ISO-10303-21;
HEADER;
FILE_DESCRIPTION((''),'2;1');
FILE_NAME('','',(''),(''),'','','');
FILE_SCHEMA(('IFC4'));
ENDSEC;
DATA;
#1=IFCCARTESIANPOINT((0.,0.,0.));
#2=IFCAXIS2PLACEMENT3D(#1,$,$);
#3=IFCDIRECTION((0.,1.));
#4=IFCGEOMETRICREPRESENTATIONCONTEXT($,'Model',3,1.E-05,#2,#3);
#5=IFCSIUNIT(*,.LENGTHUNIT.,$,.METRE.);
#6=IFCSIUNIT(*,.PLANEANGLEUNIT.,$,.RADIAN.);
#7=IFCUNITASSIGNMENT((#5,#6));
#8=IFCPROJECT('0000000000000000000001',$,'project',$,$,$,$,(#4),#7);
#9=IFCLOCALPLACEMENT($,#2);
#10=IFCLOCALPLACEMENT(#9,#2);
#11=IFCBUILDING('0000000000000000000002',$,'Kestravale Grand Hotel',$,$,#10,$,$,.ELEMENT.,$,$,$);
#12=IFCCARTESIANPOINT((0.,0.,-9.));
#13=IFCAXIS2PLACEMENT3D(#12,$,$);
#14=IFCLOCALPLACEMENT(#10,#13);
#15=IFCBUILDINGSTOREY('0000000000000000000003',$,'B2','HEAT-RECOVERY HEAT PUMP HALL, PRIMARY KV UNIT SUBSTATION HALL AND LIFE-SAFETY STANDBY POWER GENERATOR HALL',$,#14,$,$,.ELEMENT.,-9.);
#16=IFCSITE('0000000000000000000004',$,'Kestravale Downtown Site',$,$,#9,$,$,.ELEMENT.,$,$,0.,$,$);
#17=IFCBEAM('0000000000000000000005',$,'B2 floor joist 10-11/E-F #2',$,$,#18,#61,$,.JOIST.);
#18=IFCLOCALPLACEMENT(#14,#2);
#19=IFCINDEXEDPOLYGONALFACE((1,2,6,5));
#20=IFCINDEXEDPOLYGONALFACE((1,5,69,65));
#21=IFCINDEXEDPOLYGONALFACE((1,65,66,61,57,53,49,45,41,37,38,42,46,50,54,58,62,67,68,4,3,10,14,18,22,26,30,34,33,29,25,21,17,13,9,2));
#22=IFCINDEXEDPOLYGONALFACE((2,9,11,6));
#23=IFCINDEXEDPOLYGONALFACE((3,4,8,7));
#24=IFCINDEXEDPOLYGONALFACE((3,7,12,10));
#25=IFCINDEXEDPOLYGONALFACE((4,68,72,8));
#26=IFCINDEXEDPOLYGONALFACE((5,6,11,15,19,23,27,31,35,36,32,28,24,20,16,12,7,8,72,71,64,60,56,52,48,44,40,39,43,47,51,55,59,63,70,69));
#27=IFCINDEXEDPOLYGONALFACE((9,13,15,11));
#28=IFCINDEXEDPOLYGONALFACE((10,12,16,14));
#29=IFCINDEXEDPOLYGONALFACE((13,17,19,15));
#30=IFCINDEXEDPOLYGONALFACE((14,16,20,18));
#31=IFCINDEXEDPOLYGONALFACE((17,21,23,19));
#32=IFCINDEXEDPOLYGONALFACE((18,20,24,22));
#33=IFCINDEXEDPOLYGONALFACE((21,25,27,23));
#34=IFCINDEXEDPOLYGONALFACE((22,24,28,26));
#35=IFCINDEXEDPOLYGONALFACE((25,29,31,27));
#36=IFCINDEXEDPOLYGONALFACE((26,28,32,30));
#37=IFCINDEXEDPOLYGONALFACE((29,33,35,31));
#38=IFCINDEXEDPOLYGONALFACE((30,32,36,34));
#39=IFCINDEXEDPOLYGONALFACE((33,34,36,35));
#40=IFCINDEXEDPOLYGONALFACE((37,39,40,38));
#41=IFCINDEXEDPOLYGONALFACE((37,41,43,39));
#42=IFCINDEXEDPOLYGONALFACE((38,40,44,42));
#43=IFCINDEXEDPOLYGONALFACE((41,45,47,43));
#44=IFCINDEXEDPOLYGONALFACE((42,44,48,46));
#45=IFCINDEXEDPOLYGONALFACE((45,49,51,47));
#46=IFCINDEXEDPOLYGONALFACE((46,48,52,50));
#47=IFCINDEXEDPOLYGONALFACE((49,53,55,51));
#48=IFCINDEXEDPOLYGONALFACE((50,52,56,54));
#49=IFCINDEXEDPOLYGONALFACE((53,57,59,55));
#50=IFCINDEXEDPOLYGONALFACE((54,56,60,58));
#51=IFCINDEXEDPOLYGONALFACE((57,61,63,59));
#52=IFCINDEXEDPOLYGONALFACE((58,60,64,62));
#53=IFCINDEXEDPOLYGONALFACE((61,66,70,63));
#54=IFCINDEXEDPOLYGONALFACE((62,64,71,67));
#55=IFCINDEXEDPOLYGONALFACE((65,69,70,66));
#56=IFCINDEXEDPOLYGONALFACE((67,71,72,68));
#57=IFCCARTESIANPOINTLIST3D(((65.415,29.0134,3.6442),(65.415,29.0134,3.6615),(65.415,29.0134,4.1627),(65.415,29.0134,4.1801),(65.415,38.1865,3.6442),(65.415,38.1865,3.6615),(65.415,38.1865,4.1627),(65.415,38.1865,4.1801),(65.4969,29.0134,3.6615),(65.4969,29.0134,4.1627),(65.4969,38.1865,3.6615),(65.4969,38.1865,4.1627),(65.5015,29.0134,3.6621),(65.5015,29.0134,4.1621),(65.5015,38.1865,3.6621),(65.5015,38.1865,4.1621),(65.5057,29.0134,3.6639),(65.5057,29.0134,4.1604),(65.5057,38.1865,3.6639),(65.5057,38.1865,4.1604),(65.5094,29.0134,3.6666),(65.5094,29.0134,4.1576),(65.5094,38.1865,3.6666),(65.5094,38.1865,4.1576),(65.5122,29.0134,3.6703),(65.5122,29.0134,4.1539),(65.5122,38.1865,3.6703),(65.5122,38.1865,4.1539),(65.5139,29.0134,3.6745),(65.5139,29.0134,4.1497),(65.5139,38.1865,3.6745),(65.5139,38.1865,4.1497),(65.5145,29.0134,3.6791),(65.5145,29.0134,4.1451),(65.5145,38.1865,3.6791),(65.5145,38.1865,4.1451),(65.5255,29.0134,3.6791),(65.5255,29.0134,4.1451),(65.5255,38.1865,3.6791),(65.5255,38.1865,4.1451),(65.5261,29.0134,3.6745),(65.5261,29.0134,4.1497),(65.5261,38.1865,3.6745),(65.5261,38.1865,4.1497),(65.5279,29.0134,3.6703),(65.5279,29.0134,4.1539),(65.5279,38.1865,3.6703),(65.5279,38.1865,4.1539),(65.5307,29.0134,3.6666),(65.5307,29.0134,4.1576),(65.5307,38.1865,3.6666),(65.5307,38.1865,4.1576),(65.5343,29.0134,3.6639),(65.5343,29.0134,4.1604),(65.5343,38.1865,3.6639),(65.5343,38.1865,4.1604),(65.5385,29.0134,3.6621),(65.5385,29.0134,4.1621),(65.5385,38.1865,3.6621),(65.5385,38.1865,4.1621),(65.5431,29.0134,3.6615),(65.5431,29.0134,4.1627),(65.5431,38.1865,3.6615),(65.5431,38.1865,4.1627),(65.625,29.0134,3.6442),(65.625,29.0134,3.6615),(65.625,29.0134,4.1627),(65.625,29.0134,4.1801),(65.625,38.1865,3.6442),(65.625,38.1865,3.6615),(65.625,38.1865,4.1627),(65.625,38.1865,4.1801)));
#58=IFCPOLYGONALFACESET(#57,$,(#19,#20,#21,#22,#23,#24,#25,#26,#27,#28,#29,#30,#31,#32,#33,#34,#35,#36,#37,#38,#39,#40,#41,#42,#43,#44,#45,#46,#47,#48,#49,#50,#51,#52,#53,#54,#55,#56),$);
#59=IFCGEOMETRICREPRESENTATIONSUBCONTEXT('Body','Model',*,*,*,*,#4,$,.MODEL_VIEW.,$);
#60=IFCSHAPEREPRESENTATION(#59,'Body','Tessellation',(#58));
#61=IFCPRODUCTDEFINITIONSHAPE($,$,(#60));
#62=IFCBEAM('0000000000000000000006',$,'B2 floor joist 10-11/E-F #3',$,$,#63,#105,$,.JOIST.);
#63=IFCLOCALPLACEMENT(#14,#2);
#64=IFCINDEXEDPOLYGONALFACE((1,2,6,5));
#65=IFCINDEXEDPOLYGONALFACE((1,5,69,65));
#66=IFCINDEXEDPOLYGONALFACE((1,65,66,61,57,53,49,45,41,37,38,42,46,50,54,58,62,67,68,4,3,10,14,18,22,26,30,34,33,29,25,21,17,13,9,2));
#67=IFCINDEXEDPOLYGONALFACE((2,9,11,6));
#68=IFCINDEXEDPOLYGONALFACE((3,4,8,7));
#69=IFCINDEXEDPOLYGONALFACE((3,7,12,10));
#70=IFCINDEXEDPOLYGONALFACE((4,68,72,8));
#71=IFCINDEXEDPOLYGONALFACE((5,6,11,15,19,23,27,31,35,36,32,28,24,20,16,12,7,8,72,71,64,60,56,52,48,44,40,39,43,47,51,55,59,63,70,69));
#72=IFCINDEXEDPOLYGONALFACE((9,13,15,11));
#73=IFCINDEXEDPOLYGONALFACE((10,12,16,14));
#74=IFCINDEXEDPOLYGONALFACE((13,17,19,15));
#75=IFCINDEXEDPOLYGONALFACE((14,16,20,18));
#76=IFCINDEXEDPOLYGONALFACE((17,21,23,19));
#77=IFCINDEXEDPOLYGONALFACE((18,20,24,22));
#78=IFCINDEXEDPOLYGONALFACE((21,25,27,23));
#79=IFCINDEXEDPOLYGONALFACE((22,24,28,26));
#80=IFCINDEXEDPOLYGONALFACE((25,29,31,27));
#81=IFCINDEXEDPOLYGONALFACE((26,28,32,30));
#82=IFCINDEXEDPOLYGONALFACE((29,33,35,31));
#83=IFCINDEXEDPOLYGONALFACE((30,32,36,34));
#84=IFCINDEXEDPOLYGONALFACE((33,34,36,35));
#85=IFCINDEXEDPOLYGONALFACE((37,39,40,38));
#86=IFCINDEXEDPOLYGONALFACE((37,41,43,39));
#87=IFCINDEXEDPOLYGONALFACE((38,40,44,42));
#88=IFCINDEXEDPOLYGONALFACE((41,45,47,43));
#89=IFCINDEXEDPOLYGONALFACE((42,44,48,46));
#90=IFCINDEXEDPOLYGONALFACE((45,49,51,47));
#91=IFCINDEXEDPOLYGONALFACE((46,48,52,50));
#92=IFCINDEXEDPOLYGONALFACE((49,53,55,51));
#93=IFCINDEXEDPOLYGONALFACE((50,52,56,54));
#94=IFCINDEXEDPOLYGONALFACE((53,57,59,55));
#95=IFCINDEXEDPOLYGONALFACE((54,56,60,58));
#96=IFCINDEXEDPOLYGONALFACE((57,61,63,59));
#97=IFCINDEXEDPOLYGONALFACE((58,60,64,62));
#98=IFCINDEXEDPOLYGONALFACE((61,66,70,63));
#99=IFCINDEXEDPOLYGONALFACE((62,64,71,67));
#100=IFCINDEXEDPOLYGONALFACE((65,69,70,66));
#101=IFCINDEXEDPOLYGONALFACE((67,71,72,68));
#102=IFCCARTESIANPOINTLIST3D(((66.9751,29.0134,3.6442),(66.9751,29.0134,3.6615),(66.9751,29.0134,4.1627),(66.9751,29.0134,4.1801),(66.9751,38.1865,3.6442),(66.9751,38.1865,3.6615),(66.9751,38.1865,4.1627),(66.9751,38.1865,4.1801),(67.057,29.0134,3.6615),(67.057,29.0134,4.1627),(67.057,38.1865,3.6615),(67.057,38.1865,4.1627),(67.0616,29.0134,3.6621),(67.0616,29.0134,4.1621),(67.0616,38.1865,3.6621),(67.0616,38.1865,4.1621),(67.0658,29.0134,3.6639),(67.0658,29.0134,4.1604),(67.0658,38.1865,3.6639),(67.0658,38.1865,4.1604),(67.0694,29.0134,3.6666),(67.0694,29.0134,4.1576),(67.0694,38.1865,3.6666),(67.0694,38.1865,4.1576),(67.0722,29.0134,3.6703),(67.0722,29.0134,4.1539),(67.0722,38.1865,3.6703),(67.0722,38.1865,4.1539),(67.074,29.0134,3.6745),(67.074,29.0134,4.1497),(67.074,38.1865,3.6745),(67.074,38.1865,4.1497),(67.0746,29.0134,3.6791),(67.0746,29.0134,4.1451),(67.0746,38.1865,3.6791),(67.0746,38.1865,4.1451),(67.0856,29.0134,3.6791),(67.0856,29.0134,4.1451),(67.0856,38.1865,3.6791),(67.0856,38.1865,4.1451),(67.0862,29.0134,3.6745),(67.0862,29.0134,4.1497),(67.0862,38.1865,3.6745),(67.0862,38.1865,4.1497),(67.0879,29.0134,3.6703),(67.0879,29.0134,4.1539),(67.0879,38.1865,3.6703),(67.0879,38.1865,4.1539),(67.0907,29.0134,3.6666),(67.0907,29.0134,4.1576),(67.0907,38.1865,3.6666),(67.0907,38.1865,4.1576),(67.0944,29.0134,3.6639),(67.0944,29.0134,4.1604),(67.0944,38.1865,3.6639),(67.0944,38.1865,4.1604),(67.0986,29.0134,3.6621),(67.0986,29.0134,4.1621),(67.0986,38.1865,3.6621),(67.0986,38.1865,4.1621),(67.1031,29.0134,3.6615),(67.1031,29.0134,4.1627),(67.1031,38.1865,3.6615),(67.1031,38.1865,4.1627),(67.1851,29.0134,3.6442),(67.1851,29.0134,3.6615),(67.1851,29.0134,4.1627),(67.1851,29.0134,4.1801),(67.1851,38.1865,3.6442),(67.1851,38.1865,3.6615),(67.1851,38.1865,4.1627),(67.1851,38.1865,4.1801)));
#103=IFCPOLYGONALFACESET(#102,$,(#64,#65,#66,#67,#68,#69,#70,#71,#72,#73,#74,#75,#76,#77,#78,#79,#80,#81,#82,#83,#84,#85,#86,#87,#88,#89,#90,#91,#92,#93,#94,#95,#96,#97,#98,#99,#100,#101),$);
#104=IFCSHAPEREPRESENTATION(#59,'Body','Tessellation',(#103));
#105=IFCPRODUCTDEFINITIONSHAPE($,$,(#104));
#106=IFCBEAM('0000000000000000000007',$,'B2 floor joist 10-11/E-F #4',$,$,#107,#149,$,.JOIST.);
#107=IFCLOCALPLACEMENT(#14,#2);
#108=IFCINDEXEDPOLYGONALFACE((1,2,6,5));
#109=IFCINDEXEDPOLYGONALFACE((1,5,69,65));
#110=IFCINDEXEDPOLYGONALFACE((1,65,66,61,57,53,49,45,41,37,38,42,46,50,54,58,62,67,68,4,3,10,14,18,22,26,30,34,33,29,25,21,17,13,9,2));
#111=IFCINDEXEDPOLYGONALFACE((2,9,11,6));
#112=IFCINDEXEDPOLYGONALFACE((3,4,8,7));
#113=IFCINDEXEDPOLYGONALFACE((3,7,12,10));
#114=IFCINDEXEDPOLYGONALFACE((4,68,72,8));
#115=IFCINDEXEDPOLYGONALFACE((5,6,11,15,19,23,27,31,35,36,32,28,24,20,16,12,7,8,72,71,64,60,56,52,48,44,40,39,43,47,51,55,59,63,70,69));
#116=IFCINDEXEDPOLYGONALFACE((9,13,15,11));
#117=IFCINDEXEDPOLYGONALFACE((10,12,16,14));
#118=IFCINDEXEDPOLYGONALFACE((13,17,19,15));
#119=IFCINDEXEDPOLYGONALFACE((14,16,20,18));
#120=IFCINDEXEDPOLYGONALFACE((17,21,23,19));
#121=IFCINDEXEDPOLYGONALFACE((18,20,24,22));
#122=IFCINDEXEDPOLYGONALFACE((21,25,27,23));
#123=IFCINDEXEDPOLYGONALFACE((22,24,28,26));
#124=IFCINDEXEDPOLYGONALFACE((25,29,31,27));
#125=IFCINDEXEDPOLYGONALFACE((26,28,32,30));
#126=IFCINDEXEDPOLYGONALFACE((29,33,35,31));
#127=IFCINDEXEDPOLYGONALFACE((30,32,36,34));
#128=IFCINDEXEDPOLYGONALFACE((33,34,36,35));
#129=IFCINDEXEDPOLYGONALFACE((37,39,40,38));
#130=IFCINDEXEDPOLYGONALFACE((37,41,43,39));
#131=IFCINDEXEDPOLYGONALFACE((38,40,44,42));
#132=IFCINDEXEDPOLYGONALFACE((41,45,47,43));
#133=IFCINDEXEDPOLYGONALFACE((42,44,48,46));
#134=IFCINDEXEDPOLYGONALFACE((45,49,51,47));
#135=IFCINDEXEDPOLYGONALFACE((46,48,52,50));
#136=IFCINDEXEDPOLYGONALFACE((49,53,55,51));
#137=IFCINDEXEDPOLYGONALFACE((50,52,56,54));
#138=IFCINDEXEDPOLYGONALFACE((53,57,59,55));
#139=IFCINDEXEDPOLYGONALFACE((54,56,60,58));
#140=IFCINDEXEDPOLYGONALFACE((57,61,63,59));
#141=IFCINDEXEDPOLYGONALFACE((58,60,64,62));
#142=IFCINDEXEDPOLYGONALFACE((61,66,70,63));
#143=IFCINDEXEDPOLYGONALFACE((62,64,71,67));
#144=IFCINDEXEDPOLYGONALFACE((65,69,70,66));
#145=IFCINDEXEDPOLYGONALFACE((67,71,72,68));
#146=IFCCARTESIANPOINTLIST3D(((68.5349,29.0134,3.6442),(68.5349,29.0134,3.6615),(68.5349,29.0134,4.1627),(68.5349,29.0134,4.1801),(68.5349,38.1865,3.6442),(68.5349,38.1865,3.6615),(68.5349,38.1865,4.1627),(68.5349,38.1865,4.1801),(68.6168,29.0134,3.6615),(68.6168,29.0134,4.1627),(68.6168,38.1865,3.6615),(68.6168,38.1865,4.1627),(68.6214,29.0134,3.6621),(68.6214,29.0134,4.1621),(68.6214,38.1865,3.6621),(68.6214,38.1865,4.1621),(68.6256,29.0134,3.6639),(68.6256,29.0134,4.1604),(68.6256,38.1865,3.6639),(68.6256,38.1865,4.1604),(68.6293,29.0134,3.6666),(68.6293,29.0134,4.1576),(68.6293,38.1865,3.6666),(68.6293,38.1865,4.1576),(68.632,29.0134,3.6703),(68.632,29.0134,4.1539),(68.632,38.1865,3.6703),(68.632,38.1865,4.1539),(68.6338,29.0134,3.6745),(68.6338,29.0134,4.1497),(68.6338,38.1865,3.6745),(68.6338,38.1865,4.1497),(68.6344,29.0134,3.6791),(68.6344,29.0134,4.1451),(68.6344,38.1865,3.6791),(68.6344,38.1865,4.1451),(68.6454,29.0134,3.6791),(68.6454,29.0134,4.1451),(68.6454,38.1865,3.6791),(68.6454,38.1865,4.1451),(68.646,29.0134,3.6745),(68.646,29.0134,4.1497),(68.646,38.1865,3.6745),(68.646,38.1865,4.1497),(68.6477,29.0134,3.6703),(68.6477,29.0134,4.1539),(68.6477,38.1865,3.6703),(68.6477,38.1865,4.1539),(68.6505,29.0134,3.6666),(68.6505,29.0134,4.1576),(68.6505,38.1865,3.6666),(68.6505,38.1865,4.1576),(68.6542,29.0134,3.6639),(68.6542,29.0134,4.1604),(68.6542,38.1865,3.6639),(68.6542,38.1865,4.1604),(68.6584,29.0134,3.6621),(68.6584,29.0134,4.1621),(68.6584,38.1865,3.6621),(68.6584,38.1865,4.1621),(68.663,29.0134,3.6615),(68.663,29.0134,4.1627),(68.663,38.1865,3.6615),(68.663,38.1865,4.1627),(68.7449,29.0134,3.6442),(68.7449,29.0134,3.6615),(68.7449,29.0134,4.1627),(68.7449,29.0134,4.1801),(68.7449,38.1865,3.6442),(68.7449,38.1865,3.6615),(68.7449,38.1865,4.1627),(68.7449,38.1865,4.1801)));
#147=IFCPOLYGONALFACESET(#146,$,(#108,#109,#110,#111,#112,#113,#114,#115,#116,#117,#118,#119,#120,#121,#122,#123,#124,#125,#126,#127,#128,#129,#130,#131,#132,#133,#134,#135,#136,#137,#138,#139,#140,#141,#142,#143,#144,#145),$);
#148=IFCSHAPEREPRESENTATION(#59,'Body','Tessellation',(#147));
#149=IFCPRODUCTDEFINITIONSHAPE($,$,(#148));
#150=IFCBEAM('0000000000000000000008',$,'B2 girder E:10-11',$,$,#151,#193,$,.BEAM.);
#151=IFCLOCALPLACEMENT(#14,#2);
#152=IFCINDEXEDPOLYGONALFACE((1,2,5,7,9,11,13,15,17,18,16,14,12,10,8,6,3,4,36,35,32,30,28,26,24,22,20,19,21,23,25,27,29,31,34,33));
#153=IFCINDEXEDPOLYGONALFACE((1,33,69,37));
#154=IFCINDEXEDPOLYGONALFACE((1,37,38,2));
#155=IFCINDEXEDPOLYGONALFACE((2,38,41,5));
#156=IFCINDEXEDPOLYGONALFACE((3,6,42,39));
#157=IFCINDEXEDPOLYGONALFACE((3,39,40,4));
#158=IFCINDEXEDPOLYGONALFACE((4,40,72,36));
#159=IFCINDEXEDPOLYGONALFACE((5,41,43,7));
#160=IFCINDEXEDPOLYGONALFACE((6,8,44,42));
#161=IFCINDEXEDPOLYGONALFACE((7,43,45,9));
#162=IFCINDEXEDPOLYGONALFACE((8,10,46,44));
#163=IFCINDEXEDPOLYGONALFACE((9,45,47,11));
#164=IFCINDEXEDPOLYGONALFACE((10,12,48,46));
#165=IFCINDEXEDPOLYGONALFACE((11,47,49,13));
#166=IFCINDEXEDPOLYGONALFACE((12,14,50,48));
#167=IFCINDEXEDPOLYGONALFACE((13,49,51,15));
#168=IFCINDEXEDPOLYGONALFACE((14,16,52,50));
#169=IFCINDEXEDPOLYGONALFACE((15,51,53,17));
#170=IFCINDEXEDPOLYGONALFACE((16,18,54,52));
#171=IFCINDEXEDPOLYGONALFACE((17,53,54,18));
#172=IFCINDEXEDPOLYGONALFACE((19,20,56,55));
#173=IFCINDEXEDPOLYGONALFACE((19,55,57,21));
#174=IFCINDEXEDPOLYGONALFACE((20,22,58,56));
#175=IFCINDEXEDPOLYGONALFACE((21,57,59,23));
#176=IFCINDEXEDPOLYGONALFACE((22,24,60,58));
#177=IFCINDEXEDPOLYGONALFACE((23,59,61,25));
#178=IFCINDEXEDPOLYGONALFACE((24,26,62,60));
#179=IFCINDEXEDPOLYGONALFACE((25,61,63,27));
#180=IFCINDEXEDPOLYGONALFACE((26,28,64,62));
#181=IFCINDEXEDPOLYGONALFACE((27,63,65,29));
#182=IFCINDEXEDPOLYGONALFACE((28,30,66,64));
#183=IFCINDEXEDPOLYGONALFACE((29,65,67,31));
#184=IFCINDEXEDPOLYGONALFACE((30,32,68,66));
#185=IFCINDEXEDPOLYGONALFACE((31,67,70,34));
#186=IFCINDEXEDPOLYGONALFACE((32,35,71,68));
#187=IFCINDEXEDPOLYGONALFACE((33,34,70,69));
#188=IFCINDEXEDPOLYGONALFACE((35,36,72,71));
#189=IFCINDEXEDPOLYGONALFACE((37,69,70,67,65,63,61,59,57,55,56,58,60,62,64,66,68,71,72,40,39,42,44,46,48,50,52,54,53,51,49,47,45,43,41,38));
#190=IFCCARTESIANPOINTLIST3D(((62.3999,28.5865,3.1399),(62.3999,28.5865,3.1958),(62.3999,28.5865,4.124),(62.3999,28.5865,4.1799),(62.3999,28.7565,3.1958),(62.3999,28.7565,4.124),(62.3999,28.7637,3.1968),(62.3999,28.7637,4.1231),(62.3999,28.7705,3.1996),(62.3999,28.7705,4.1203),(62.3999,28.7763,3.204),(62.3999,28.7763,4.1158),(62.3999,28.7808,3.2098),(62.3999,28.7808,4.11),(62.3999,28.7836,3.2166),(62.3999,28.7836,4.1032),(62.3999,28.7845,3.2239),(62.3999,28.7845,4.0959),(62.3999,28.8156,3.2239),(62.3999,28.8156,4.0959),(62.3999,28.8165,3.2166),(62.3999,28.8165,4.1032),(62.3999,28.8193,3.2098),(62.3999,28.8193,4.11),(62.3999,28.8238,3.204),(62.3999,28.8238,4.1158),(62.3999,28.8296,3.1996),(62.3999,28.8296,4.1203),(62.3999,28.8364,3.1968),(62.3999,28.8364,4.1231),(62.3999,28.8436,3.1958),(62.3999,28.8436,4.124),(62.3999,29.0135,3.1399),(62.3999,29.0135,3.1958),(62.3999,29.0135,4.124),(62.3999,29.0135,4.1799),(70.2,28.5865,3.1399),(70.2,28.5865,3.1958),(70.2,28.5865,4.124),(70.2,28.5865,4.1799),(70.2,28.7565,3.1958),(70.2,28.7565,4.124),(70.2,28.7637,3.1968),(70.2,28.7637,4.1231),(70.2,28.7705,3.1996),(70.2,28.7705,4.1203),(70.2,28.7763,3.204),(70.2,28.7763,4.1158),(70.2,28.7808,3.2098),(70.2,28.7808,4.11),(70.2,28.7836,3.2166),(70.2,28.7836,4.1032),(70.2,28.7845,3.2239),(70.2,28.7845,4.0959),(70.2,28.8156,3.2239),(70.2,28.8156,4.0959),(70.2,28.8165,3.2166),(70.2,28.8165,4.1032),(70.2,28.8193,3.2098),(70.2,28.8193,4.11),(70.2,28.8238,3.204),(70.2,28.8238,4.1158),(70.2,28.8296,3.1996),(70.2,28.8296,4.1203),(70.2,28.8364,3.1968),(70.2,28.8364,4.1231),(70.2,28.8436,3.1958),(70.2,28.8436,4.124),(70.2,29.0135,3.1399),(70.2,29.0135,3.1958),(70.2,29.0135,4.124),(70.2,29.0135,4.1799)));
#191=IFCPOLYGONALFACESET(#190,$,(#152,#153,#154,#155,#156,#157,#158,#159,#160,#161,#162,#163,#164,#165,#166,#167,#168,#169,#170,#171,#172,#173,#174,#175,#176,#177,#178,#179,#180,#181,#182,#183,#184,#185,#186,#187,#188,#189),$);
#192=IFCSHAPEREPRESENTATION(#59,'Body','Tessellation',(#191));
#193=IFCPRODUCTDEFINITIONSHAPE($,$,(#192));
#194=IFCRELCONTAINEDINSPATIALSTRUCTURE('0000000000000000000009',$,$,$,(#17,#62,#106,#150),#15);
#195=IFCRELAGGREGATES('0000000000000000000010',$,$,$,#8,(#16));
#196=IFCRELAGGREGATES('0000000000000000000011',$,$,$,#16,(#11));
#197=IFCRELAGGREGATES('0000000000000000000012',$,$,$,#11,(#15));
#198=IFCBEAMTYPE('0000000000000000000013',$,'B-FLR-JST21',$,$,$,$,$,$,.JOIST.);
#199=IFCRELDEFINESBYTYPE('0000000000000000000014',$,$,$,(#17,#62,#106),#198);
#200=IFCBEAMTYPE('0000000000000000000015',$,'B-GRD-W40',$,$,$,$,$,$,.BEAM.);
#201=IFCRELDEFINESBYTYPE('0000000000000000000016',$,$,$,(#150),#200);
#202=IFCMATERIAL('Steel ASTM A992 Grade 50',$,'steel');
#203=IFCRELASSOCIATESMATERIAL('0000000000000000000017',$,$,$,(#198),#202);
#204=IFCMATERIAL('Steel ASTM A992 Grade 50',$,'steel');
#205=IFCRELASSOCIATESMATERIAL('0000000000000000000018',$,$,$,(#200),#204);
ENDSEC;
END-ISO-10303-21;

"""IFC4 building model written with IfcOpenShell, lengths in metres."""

from ifc_helpers import new_model, si_unit, direction, frame, origin, origin_2d, place, context, subcontext, project, spatial, i_section, extrude, material, material_profile, profile_set, type_object, element, save


model = new_model("IFC4")

# Units and contexts
model_context = context("Model", 3, precision=1e-05, world=origin(), true_north=direction((0.0, 1.0)))
body_context = subcontext(model_context, "Body", "Model", "MODEL_VIEW")
ifc_project = project(units=[si_unit("LENGTHUNIT", "METRE"), si_unit("PLANEANGLEUNIT", "RADIAN")], contexts=[model_context])

# Site, building, storey
site_placement = place(None, origin())
site = spatial("IfcSite", under=ifc_project, at=site_placement, Name="Kestravale Downtown Site", CompositionType="ELEMENT", RefElevation=0.0)
building_placement = place(site_placement, origin())
building = spatial("IfcBuilding", under=site, at=building_placement, Name="Kestravale Grand Hotel", CompositionType="ELEMENT")
storey_placement = place(building_placement, frame((0.0, 0.0, -9.0)))
storey = spatial("IfcBuildingStorey", under=building, at=storey_placement, Name="B2", Description="HEAT-RECOVERY HEAT PUMP HALL, PRIMARY KV UNIT SUBSTATION HALL AND LIFE-SAFETY STANDBY POWER GENERATOR HALL", CompositionType="ELEMENT", Elevation=-9.0)

# Beams
ifc_material_1 = material(Name="Steel ASTM A992 Grade 50", Category="steel")
ifc_material_profile_1 = material_profile(ifc_material_1, i_section(OverallWidth=0.21, OverallDepth=0.5359, WebThickness=0.011, FlangeThickness=0.0173, FilletRadius=0.0176, at=origin_2d()))
ifc_profile_set_1 = profile_set([ifc_material_profile_1], Name="Steel ASTM A992 Grade 50")
beam_type_1 = type_object("IfcBeamType", Name="B-FLR-JST21", PredefinedType="JOIST", material=ifc_profile_set_1)
for number, where, z_axis, x_axis, name in (
    (1, (65.52, 29.0134, 3.9121), (0.0, 1.0, 0.0), (-1.0, 0.0, 0.0), "B2 floor joist 10-11/E-F #2"),
    (2, (67.0801, 29.0134, 3.9121), (0.0, 1.0, 0.0), (-1.0, 0.0, 0.0), "B2 floor joist 10-11/E-F #3"),
    (3, (68.6399, 29.0134, 3.9121), (0.0, 1.0, 0.0), (-1.0, 0.0, 0.0), "B2 floor joist 10-11/E-F #4"),
):
    element("IfcBeam", number, at=place(storey_placement, frame(where, z_axis=z_axis, x_axis=x_axis)), inside=storey, type_object=beam_type_1, Name=name, PredefinedType="JOIST", context=body_context, shape_type="SweptSolid", body=[
        extrude(i_section(OverallWidth=0.21, OverallDepth=0.5359, WebThickness=0.011, FlangeThickness=0.0173, FilletRadius=0.0176, at=origin_2d()), origin(), (0.0, 0.0, 1.0), 9.1731),
    ])
ifc_material_2 = material(Name="Steel ASTM A992 Grade 50", Category="steel")
ifc_material_profile_2 = material_profile(ifc_material_2, i_section(OverallWidth=0.427, OverallDepth=1.04, WebThickness=0.031, FlangeThickness=0.0559, FilletRadius=0.0281, at=origin_2d()))
ifc_profile_set_2 = profile_set([ifc_material_profile_2], Name="Steel ASTM A992 Grade 50")
beam_type_2 = type_object("IfcBeamType", Name="B-GRD-W40", PredefinedType="BEAM", material=ifc_profile_set_2)
beam_1_placement = place(storey_placement, frame((62.3999, 28.8, 3.6599), z_axis=(1.0, 0.0, 0.0), x_axis=(0.0, 1.0, 0.0)))
element("IfcBeam", 4, at=beam_1_placement, inside=storey, type_object=beam_type_2, Name="B2 girder E:10-11", PredefinedType="BEAM", context=body_context, shape_type="SweptSolid", body=[
    extrude(i_section(OverallWidth=0.427, OverallDepth=1.04, WebThickness=0.031, FlangeThickness=0.0559, FilletRadius=0.0281, at=origin_2d()), origin(), (0.0, 0.0, 1.0), 7.8),
])

save(model, "model.ifc")
